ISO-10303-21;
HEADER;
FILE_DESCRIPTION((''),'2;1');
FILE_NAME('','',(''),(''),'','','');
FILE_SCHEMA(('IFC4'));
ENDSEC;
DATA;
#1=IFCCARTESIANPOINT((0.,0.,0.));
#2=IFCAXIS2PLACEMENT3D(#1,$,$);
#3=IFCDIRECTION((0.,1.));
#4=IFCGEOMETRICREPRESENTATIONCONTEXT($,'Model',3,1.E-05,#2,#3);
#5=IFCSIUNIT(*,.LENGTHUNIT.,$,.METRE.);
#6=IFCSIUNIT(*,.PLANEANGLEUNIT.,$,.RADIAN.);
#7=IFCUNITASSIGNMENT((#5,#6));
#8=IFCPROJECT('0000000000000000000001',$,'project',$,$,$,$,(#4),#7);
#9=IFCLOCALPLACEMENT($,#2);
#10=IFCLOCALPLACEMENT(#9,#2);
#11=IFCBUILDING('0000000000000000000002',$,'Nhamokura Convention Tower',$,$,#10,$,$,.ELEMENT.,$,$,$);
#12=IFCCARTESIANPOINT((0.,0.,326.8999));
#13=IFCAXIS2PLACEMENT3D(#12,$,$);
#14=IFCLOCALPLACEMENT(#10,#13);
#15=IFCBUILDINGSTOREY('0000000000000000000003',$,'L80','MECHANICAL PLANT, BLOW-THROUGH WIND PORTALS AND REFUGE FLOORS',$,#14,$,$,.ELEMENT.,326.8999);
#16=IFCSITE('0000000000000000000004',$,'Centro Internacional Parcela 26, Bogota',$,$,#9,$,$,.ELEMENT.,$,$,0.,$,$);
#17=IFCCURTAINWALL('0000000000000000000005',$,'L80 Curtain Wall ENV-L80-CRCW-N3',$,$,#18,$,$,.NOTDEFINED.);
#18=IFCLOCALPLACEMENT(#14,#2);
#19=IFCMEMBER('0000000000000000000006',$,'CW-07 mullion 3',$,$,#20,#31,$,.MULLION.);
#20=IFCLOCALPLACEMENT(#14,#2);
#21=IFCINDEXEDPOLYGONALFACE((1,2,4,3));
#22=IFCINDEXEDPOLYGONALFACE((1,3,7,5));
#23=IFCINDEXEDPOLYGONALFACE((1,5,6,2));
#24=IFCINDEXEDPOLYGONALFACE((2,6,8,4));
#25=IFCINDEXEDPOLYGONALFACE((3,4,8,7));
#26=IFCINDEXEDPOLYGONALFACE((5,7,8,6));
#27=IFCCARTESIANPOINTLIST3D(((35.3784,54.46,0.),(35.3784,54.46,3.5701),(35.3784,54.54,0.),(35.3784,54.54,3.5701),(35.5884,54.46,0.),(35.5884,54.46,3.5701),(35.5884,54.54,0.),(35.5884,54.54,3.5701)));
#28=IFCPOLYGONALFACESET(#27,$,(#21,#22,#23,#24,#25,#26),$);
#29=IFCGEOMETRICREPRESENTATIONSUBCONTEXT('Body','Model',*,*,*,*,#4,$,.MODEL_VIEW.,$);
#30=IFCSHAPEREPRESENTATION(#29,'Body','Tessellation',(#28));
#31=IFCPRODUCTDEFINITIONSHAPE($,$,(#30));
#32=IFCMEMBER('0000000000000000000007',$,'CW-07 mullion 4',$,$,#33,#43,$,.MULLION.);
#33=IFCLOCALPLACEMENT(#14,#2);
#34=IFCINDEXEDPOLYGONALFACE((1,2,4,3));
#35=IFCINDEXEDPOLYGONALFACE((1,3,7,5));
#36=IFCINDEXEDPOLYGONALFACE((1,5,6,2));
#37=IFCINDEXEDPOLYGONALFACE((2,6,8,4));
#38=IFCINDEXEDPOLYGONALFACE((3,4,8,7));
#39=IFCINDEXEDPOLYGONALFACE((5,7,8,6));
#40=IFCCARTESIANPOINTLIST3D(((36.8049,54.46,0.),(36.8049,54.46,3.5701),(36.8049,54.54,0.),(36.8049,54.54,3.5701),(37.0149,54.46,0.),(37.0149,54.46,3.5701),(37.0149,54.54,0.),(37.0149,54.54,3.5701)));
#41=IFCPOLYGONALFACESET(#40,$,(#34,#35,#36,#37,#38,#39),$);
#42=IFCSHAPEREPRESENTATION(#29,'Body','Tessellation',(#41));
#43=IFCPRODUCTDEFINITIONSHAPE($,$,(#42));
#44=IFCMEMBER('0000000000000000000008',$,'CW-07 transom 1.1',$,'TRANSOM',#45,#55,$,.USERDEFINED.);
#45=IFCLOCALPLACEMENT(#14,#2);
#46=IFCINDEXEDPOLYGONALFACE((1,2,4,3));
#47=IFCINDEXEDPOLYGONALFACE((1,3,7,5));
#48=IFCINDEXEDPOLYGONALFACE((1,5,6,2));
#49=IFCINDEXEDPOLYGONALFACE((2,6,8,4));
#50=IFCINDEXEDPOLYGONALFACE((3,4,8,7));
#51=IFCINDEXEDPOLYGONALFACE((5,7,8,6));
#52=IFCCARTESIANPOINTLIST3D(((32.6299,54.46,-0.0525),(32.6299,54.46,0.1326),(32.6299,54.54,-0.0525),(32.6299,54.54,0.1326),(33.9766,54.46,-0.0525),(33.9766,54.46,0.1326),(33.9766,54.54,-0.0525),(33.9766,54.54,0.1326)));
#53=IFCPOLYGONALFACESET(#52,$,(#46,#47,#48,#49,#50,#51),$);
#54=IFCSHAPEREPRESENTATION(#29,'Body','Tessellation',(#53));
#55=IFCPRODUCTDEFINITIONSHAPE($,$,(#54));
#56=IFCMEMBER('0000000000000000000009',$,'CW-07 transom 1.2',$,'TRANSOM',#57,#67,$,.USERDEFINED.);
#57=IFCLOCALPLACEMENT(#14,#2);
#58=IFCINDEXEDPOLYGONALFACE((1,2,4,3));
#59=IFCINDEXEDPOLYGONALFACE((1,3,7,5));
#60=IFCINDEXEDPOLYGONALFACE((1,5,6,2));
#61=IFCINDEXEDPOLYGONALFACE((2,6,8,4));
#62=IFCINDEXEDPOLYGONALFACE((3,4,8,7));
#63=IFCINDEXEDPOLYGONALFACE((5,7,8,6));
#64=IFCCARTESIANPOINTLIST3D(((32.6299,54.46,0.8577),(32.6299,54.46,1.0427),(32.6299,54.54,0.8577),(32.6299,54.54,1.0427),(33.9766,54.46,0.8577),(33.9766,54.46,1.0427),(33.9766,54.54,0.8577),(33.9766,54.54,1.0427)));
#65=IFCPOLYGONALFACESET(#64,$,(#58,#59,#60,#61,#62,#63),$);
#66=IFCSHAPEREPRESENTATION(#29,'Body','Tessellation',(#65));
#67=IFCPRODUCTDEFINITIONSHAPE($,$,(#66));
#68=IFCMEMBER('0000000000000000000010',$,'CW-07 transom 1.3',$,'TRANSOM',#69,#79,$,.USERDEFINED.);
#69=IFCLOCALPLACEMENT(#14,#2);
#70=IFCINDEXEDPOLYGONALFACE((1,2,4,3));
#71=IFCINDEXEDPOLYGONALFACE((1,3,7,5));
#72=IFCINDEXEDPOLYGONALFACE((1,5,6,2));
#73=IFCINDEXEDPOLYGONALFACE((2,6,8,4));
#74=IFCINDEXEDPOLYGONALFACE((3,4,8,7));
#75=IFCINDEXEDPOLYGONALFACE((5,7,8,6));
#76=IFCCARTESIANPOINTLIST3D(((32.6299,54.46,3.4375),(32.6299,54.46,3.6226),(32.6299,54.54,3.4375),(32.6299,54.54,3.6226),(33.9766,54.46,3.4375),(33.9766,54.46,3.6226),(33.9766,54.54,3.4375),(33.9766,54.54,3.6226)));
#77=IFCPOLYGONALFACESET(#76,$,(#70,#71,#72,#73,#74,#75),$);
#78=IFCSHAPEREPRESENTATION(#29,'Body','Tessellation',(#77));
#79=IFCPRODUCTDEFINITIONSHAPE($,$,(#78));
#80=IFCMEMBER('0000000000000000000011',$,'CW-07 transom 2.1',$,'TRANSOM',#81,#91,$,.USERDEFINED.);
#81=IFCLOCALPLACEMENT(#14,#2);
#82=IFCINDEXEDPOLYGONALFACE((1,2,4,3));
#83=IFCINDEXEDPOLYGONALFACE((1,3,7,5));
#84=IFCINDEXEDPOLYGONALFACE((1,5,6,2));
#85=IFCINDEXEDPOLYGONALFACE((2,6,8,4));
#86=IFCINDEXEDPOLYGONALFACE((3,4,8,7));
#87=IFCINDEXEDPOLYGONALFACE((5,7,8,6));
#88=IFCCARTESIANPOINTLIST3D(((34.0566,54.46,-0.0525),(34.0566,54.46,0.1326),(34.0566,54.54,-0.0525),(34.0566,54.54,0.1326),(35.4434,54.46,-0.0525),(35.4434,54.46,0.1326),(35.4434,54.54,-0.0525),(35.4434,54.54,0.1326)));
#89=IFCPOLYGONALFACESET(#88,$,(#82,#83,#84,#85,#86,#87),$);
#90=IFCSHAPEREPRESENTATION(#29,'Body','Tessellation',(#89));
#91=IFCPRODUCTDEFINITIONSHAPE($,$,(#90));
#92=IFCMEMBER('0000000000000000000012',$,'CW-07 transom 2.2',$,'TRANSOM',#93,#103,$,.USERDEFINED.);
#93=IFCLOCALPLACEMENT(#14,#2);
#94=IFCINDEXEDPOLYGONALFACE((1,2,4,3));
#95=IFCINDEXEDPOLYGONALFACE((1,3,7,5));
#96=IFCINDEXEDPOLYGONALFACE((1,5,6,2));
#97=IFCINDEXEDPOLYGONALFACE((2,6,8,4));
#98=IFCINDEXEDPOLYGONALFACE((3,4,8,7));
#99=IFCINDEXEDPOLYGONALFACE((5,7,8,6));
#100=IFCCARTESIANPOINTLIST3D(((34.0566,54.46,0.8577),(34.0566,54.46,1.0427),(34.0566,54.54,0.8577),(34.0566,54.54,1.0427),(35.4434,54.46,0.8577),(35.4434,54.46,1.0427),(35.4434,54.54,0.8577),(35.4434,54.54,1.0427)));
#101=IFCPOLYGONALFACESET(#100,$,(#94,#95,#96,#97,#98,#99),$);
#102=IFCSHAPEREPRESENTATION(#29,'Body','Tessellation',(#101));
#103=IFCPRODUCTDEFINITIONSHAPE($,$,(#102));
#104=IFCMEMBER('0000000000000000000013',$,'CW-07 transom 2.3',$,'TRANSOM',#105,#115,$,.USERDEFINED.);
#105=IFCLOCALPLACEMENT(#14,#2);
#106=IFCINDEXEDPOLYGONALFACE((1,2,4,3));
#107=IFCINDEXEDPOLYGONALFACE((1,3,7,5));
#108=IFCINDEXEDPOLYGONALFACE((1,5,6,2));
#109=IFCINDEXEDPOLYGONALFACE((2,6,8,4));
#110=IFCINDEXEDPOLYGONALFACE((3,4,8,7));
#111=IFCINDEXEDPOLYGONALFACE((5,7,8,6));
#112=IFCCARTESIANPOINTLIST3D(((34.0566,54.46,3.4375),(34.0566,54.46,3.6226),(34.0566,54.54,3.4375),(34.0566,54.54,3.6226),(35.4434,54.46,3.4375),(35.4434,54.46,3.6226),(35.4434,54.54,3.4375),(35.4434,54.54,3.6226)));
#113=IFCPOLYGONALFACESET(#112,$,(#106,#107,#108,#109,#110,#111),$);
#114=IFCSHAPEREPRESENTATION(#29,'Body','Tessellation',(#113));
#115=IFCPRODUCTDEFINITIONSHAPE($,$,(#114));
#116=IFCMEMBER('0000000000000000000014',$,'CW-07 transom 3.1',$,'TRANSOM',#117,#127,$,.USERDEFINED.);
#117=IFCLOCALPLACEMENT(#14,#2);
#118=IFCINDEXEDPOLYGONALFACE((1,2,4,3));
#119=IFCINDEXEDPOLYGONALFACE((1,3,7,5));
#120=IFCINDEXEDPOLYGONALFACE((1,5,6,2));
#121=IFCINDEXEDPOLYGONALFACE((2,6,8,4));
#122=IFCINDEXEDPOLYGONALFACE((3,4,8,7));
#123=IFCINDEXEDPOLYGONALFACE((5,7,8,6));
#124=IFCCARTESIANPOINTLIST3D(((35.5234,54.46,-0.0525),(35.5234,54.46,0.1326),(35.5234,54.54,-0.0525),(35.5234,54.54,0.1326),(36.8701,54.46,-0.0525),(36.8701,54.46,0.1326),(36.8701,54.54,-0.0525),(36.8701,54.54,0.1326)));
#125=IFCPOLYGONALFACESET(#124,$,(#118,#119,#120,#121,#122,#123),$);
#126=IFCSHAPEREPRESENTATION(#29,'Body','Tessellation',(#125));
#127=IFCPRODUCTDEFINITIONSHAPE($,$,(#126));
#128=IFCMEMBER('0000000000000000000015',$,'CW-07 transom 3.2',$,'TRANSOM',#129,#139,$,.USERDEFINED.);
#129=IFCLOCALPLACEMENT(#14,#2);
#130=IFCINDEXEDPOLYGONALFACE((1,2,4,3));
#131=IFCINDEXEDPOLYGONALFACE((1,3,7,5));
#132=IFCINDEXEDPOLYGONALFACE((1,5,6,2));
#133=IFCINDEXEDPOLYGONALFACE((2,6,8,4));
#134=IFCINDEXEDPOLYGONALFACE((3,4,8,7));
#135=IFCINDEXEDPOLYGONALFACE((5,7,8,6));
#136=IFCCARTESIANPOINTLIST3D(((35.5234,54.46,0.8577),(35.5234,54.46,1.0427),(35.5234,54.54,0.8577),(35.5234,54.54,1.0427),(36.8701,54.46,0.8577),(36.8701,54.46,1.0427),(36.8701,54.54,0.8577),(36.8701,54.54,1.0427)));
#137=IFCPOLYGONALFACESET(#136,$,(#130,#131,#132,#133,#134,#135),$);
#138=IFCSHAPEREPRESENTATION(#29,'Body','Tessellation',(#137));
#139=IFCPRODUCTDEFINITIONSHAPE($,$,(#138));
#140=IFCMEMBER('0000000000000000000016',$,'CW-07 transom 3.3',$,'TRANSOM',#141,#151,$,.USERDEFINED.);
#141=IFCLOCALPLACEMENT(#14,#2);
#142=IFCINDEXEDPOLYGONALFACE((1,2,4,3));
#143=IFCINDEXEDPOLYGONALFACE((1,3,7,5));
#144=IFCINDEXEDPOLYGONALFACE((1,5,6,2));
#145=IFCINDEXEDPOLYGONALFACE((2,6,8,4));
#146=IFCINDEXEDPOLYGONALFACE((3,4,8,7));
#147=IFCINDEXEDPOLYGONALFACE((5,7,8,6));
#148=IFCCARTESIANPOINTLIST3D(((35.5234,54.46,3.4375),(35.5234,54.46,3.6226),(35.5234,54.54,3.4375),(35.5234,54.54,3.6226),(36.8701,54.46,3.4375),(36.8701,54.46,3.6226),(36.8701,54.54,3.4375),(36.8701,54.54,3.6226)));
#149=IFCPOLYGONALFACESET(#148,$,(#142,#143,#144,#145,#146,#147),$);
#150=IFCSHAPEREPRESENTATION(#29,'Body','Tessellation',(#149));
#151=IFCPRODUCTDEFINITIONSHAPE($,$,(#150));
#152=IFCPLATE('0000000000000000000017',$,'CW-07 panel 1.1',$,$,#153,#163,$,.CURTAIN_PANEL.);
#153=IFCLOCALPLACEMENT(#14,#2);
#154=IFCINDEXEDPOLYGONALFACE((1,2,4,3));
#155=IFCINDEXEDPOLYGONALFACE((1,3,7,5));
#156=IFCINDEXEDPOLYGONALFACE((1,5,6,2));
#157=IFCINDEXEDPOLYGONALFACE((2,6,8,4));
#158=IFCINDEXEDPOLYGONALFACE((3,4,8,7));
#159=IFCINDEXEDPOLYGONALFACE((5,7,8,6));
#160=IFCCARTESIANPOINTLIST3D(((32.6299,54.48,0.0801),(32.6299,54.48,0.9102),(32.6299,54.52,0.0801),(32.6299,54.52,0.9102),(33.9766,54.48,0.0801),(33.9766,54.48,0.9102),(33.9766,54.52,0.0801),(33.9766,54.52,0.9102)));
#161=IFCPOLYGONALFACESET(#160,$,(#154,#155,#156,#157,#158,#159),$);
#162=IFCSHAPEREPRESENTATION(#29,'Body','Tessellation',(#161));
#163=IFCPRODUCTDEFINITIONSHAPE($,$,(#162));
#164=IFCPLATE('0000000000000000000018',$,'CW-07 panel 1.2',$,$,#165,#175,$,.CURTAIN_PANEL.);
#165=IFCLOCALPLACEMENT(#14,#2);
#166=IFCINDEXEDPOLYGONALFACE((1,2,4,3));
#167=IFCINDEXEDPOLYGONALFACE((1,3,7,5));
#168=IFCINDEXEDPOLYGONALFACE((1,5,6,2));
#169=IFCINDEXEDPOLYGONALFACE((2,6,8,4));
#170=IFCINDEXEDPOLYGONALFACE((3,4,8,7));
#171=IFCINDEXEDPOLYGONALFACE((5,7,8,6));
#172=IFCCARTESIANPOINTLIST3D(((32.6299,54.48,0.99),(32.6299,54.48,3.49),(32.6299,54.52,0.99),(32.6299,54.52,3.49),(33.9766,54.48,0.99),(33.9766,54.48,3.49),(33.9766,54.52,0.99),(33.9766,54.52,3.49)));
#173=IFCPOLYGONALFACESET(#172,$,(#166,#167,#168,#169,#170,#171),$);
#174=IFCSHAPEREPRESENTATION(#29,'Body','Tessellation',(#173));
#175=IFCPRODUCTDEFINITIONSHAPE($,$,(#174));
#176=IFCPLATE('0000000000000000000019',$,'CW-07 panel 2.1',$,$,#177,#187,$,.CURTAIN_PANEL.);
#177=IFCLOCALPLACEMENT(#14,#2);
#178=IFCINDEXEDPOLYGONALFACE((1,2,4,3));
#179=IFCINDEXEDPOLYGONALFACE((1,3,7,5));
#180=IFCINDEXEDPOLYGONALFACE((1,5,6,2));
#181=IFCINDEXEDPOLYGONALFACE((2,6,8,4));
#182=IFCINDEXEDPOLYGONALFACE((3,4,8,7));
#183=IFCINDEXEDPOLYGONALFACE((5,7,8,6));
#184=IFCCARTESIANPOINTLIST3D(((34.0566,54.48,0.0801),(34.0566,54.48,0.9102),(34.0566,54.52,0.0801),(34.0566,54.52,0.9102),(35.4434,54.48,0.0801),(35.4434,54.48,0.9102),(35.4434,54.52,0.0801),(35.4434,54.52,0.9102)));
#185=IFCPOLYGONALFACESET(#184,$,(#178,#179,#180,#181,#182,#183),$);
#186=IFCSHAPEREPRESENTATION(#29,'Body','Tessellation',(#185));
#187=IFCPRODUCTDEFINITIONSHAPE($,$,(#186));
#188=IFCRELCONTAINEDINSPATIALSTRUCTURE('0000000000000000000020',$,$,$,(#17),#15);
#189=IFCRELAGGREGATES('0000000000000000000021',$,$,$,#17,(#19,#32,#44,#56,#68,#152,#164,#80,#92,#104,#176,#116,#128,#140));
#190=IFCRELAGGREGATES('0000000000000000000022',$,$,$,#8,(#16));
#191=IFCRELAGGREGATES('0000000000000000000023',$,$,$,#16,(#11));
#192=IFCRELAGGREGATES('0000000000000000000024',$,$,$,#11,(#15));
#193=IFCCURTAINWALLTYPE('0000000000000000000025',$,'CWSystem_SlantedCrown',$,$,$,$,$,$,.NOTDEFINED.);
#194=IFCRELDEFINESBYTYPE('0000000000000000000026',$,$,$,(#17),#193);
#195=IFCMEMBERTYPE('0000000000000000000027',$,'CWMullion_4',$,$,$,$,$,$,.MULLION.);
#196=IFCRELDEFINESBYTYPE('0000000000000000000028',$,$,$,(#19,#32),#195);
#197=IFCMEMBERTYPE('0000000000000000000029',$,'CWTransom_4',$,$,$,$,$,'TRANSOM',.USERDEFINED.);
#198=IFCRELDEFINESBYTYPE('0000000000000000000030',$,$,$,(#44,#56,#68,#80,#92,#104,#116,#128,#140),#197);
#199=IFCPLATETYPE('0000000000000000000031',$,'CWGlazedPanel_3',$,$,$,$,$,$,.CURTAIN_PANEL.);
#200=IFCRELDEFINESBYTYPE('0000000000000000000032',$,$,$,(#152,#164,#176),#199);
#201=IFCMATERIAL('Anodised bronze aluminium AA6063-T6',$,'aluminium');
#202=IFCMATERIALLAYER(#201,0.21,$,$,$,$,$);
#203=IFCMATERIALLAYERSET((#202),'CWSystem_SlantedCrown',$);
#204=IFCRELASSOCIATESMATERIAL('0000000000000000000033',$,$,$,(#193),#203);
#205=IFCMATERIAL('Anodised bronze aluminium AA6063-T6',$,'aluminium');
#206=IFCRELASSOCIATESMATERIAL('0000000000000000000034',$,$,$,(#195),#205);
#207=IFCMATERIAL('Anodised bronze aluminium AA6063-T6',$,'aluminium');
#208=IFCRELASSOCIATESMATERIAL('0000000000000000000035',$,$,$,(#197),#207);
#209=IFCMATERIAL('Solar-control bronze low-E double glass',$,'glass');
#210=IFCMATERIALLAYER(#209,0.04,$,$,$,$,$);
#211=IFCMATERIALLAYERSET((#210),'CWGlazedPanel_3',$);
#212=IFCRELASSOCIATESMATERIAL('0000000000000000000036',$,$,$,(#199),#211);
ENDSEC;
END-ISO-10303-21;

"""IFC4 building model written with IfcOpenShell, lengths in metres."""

from ifc_helpers import new_model, si_unit, direction, frame, origin, origin_2d, place, context, subcontext, project, spatial, rectangle, extrude, material, layer, layer_set, material_profile, profile_set, type_object, element, aggregate, save


model = new_model("IFC4")

# Units and contexts
model_context = context("Model", 3, precision=1e-05, world=origin(), true_north=direction((0.0, 1.0)))
body_context = subcontext(model_context, "Body", "Model", "MODEL_VIEW")
ifc_project = project(units=[si_unit("LENGTHUNIT", "METRE"), si_unit("PLANEANGLEUNIT", "RADIAN")], contexts=[model_context])

# Site, building, storey
site_placement = place(None, origin())
site = spatial("IfcSite", under=ifc_project, at=site_placement, Name="Centro Internacional Parcela 26, Bogota", CompositionType="ELEMENT", RefElevation=0.0)
building_placement = place(site_placement, origin())
building = spatial("IfcBuilding", under=site, at=building_placement, Name="Nhamokura Convention Tower", CompositionType="ELEMENT")
storey_placement = place(building_placement, frame((0.0, 0.0, 326.8999)))
storey = spatial("IfcBuildingStorey", under=building, at=storey_placement, Name="L80", Description="MECHANICAL PLANT, BLOW-THROUGH WIND PORTALS AND REFUGE FLOORS", CompositionType="ELEMENT", Elevation=326.8999)

# Shared definitions
ifc_material_1 = material(Name="Anodised bronze aluminium AA6063-T6", Category="aluminium")
ifc_layer_1 = layer(ifc_material_1, 0.21)
ifc_layer_set_1 = layer_set([ifc_layer_1], Name="CWSystem_SlantedCrown")
curtain_wall_type = type_object("IfcCurtainWallType", Name="CWSystem_SlantedCrown", PredefinedType="NOTDEFINED", material=ifc_layer_set_1)
ifc_material_2 = material(Name="Anodised bronze aluminium AA6063-T6", Category="aluminium")
ifc_material_profile_1 = material_profile(ifc_material_2, rectangle(XDim=0.0801, YDim=0.21, at=origin_2d()))
ifc_profile_set_1 = profile_set([ifc_material_profile_1], Name="Anodised bronze aluminium AA6063-T6")
member_type_1 = type_object("IfcMemberType", Name="CWMullion_4", PredefinedType="MULLION", material=ifc_profile_set_1)

# Curtain wall, members, plates
curtain_wall_1_placement = place(storey_placement, origin())
curtain_wall_1 = element("IfcCurtainWall", 1, at=curtain_wall_1_placement, inside=storey, type_object=curtain_wall_type, Name="L80 Curtain Wall ENV-L80-CRCW-N3", PredefinedType="NOTDEFINED")
member_1_placement = place(storey_placement, frame((35.4834, 54.5, 0.0), z_axis=(0.0, 0.0, 1.0), x_axis=(0.0, 1.0, 0.0)))
member_1 = element("IfcMember", 2, at=member_1_placement, type_object=member_type_1, Name="CW-07 mullion 3", PredefinedType="MULLION", context=body_context, shape_type="SweptSolid", body=[
    extrude(rectangle(XDim=0.0801, YDim=0.21, at=origin_2d()), origin(), (0.0, 0.0, 1.0), 3.5701),
])
member_2_placement = place(storey_placement, frame((36.9099, 54.5, 0.0), z_axis=(0.0, 0.0, 1.0), x_axis=(0.0, 1.0, 0.0)))
member_2 = element("IfcMember", 3, at=member_2_placement, type_object=member_type_1, Name="CW-07 mullion 4", PredefinedType="MULLION", context=body_context, shape_type="SweptSolid", body=[
    extrude(rectangle(XDim=0.0801, YDim=0.21, at=origin_2d()), origin(), (0.0, 0.0, 1.0), 3.5701),
])
ifc_material_3 = material(Name="Anodised bronze aluminium AA6063-T6", Category="aluminium")
ifc_material_profile_2 = material_profile(ifc_material_3, rectangle(XDim=0.0801, YDim=0.1851, at=origin_2d()))
ifc_profile_set_2 = profile_set([ifc_material_profile_2], Name="Anodised bronze aluminium AA6063-T6")
member_type_2 = type_object("IfcMemberType", Name="CWTransom_4", ElementType="TRANSOM", PredefinedType="USERDEFINED", material=ifc_profile_set_2)
member_3_placement = place(storey_placement, frame((32.6299, 54.5, 0.04), z_axis=(1.0, 0.0, 0.0), x_axis=(0.0, 1.0, 0.0)))
member_3 = element("IfcMember", 4, at=member_3_placement, type_object=member_type_2, Name="CW-07 transom 1.1", ObjectType="TRANSOM", PredefinedType="USERDEFINED", context=body_context, shape_type="SweptSolid", body=[
    extrude(rectangle(XDim=0.0801, YDim=0.1851, at=origin_2d()), origin(), (0.0, 0.0, 1.0), 1.3467),
])
member_4_placement = place(storey_placement, frame((32.6299, 54.5, 0.9502), z_axis=(1.0, 0.0, 0.0), x_axis=(0.0, 1.0, 0.0)))
member_4 = element("IfcMember", 5, at=member_4_placement, type_object=member_type_2, Name="CW-07 transom 1.2", ObjectType="TRANSOM", PredefinedType="USERDEFINED", context=body_context, shape_type="SweptSolid", body=[
    extrude(rectangle(XDim=0.0801, YDim=0.1851, at=origin_2d()), origin(), (0.0, 0.0, 1.0), 1.3467),
])
member_5_placement = place(storey_placement, frame((32.6299, 54.5, 3.53), z_axis=(1.0, 0.0, 0.0), x_axis=(0.0, 1.0, 0.0)))
member_5 = element("IfcMember", 6, at=member_5_placement, type_object=member_type_2, Name="CW-07 transom 1.3", ObjectType="TRANSOM", PredefinedType="USERDEFINED", context=body_context, shape_type="SweptSolid", body=[
    extrude(rectangle(XDim=0.0801, YDim=0.1851, at=origin_2d()), origin(), (0.0, 0.0, 1.0), 1.3467),
])
member_6_placement = place(storey_placement, frame((34.0566, 54.5, 0.04), z_axis=(1.0, 0.0, 0.0), x_axis=(0.0, 1.0, 0.0)))
member_6 = element("IfcMember", 7, at=member_6_placement, type_object=member_type_2, Name="CW-07 transom 2.1", ObjectType="TRANSOM", PredefinedType="USERDEFINED", context=body_context, shape_type="SweptSolid", body=[
    extrude(rectangle(XDim=0.0801, YDim=0.1851, at=origin_2d()), origin(), (0.0, 0.0, 1.0), 1.3867),
])
member_7_placement = place(storey_placement, frame((34.0566, 54.5, 0.9502), z_axis=(1.0, 0.0, 0.0), x_axis=(0.0, 1.0, 0.0)))
member_7 = element("IfcMember", 8, at=member_7_placement, type_object=member_type_2, Name="CW-07 transom 2.2", ObjectType="TRANSOM", PredefinedType="USERDEFINED", context=body_context, shape_type="SweptSolid", body=[
    extrude(rectangle(XDim=0.0801, YDim=0.1851, at=origin_2d()), origin(), (0.0, 0.0, 1.0), 1.3867),
])
member_8_placement = place(storey_placement, frame((34.0566, 54.5, 3.53), z_axis=(1.0, 0.0, 0.0), x_axis=(0.0, 1.0, 0.0)))
member_8 = element("IfcMember", 9, at=member_8_placement, type_object=member_type_2, Name="CW-07 transom 2.3", ObjectType="TRANSOM", PredefinedType="USERDEFINED", context=body_context, shape_type="SweptSolid", body=[
    extrude(rectangle(XDim=0.0801, YDim=0.1851, at=origin_2d()), origin(), (0.0, 0.0, 1.0), 1.3867),
])
member_9_placement = place(storey_placement, frame((35.5234, 54.5, 0.04), z_axis=(1.0, 0.0, 0.0), x_axis=(0.0, 1.0, 0.0)))
member_9 = element("IfcMember", 10, at=member_9_placement, type_object=member_type_2, Name="CW-07 transom 3.1", ObjectType="TRANSOM", PredefinedType="USERDEFINED", context=body_context, shape_type="SweptSolid", body=[
    extrude(rectangle(XDim=0.0801, YDim=0.1851, at=origin_2d()), origin(), (0.0, 0.0, 1.0), 1.3467),
])
member_10_placement = place(storey_placement, frame((35.5234, 54.5, 0.9502), z_axis=(1.0, 0.0, 0.0), x_axis=(0.0, 1.0, 0.0)))
member_10 = element("IfcMember", 11, at=member_10_placement, type_object=member_type_2, Name="CW-07 transom 3.2", ObjectType="TRANSOM", PredefinedType="USERDEFINED", context=body_context, shape_type="SweptSolid", body=[
    extrude(rectangle(XDim=0.0801, YDim=0.1851, at=origin_2d()), origin(), (0.0, 0.0, 1.0), 1.3467),
])
member_11_placement = place(storey_placement, frame((35.5234, 54.5, 3.53), z_axis=(1.0, 0.0, 0.0), x_axis=(0.0, 1.0, 0.0)))
member_11 = element("IfcMember", 12, at=member_11_placement, type_object=member_type_2, Name="CW-07 transom 3.3", ObjectType="TRANSOM", PredefinedType="USERDEFINED", context=body_context, shape_type="SweptSolid", body=[
    extrude(rectangle(XDim=0.0801, YDim=0.1851, at=origin_2d()), origin(), (0.0, 0.0, 1.0), 1.3467),
])
ifc_material_4 = material(Name="Solar-control bronze low-E double glass", Category="glass")
ifc_layer_2 = layer(ifc_material_4, 0.04)
ifc_layer_set_2 = layer_set([ifc_layer_2], Name="CWGlazedPanel_3")
plate_type = type_object("IfcPlateType", Name="CWGlazedPanel_3", PredefinedType="CURTAIN_PANEL", material=ifc_layer_set_2)
plate_1_placement = place(storey_placement, frame((33.3032, 54.5, 0.0801), z_axis=(0.0, 0.0, 1.0), x_axis=(1.0, 0.0, 0.0)))
plate_1 = element("IfcPlate", 13, at=plate_1_placement, type_object=plate_type, Name="CW-07 panel 1.1", PredefinedType="CURTAIN_PANEL", context=body_context, shape_type="SweptSolid", body=[
    extrude(rectangle(XDim=1.3467, YDim=0.04, at=origin_2d()), origin(), (0.0, 0.0, 1.0), 0.8301),
])
plate_2_placement = place(storey_placement, frame((33.3032, 54.5, 0.99), z_axis=(0.0, 0.0, 1.0), x_axis=(1.0, 0.0, 0.0)))
plate_2 = element("IfcPlate", 14, at=plate_2_placement, type_object=plate_type, Name="CW-07 panel 1.2", PredefinedType="CURTAIN_PANEL", context=body_context, shape_type="SweptSolid", body=[
    extrude(rectangle(XDim=1.3467, YDim=0.04, at=origin_2d()), origin(), (0.0, 0.0, 1.0), 2.5),
])
plate_3_placement = place(storey_placement, frame((34.75, 54.5, 0.0801), z_axis=(0.0, 0.0, 1.0), x_axis=(1.0, 0.0, 0.0)))
plate_3 = element("IfcPlate", 15, at=plate_3_placement, type_object=plate_type, Name="CW-07 panel 2.1", PredefinedType="CURTAIN_PANEL", context=body_context, shape_type="SweptSolid", body=[
    extrude(rectangle(XDim=1.3867, YDim=0.04, at=origin_2d()), origin(), (0.0, 0.0, 1.0), 0.8301),
])
aggregate(curtain_wall_1, [member_1, member_2, member_3, member_4, member_5, plate_1, plate_2, member_6, member_7, member_8, plate_3, member_9, member_10, member_11])

save(model, "model.ifc")
